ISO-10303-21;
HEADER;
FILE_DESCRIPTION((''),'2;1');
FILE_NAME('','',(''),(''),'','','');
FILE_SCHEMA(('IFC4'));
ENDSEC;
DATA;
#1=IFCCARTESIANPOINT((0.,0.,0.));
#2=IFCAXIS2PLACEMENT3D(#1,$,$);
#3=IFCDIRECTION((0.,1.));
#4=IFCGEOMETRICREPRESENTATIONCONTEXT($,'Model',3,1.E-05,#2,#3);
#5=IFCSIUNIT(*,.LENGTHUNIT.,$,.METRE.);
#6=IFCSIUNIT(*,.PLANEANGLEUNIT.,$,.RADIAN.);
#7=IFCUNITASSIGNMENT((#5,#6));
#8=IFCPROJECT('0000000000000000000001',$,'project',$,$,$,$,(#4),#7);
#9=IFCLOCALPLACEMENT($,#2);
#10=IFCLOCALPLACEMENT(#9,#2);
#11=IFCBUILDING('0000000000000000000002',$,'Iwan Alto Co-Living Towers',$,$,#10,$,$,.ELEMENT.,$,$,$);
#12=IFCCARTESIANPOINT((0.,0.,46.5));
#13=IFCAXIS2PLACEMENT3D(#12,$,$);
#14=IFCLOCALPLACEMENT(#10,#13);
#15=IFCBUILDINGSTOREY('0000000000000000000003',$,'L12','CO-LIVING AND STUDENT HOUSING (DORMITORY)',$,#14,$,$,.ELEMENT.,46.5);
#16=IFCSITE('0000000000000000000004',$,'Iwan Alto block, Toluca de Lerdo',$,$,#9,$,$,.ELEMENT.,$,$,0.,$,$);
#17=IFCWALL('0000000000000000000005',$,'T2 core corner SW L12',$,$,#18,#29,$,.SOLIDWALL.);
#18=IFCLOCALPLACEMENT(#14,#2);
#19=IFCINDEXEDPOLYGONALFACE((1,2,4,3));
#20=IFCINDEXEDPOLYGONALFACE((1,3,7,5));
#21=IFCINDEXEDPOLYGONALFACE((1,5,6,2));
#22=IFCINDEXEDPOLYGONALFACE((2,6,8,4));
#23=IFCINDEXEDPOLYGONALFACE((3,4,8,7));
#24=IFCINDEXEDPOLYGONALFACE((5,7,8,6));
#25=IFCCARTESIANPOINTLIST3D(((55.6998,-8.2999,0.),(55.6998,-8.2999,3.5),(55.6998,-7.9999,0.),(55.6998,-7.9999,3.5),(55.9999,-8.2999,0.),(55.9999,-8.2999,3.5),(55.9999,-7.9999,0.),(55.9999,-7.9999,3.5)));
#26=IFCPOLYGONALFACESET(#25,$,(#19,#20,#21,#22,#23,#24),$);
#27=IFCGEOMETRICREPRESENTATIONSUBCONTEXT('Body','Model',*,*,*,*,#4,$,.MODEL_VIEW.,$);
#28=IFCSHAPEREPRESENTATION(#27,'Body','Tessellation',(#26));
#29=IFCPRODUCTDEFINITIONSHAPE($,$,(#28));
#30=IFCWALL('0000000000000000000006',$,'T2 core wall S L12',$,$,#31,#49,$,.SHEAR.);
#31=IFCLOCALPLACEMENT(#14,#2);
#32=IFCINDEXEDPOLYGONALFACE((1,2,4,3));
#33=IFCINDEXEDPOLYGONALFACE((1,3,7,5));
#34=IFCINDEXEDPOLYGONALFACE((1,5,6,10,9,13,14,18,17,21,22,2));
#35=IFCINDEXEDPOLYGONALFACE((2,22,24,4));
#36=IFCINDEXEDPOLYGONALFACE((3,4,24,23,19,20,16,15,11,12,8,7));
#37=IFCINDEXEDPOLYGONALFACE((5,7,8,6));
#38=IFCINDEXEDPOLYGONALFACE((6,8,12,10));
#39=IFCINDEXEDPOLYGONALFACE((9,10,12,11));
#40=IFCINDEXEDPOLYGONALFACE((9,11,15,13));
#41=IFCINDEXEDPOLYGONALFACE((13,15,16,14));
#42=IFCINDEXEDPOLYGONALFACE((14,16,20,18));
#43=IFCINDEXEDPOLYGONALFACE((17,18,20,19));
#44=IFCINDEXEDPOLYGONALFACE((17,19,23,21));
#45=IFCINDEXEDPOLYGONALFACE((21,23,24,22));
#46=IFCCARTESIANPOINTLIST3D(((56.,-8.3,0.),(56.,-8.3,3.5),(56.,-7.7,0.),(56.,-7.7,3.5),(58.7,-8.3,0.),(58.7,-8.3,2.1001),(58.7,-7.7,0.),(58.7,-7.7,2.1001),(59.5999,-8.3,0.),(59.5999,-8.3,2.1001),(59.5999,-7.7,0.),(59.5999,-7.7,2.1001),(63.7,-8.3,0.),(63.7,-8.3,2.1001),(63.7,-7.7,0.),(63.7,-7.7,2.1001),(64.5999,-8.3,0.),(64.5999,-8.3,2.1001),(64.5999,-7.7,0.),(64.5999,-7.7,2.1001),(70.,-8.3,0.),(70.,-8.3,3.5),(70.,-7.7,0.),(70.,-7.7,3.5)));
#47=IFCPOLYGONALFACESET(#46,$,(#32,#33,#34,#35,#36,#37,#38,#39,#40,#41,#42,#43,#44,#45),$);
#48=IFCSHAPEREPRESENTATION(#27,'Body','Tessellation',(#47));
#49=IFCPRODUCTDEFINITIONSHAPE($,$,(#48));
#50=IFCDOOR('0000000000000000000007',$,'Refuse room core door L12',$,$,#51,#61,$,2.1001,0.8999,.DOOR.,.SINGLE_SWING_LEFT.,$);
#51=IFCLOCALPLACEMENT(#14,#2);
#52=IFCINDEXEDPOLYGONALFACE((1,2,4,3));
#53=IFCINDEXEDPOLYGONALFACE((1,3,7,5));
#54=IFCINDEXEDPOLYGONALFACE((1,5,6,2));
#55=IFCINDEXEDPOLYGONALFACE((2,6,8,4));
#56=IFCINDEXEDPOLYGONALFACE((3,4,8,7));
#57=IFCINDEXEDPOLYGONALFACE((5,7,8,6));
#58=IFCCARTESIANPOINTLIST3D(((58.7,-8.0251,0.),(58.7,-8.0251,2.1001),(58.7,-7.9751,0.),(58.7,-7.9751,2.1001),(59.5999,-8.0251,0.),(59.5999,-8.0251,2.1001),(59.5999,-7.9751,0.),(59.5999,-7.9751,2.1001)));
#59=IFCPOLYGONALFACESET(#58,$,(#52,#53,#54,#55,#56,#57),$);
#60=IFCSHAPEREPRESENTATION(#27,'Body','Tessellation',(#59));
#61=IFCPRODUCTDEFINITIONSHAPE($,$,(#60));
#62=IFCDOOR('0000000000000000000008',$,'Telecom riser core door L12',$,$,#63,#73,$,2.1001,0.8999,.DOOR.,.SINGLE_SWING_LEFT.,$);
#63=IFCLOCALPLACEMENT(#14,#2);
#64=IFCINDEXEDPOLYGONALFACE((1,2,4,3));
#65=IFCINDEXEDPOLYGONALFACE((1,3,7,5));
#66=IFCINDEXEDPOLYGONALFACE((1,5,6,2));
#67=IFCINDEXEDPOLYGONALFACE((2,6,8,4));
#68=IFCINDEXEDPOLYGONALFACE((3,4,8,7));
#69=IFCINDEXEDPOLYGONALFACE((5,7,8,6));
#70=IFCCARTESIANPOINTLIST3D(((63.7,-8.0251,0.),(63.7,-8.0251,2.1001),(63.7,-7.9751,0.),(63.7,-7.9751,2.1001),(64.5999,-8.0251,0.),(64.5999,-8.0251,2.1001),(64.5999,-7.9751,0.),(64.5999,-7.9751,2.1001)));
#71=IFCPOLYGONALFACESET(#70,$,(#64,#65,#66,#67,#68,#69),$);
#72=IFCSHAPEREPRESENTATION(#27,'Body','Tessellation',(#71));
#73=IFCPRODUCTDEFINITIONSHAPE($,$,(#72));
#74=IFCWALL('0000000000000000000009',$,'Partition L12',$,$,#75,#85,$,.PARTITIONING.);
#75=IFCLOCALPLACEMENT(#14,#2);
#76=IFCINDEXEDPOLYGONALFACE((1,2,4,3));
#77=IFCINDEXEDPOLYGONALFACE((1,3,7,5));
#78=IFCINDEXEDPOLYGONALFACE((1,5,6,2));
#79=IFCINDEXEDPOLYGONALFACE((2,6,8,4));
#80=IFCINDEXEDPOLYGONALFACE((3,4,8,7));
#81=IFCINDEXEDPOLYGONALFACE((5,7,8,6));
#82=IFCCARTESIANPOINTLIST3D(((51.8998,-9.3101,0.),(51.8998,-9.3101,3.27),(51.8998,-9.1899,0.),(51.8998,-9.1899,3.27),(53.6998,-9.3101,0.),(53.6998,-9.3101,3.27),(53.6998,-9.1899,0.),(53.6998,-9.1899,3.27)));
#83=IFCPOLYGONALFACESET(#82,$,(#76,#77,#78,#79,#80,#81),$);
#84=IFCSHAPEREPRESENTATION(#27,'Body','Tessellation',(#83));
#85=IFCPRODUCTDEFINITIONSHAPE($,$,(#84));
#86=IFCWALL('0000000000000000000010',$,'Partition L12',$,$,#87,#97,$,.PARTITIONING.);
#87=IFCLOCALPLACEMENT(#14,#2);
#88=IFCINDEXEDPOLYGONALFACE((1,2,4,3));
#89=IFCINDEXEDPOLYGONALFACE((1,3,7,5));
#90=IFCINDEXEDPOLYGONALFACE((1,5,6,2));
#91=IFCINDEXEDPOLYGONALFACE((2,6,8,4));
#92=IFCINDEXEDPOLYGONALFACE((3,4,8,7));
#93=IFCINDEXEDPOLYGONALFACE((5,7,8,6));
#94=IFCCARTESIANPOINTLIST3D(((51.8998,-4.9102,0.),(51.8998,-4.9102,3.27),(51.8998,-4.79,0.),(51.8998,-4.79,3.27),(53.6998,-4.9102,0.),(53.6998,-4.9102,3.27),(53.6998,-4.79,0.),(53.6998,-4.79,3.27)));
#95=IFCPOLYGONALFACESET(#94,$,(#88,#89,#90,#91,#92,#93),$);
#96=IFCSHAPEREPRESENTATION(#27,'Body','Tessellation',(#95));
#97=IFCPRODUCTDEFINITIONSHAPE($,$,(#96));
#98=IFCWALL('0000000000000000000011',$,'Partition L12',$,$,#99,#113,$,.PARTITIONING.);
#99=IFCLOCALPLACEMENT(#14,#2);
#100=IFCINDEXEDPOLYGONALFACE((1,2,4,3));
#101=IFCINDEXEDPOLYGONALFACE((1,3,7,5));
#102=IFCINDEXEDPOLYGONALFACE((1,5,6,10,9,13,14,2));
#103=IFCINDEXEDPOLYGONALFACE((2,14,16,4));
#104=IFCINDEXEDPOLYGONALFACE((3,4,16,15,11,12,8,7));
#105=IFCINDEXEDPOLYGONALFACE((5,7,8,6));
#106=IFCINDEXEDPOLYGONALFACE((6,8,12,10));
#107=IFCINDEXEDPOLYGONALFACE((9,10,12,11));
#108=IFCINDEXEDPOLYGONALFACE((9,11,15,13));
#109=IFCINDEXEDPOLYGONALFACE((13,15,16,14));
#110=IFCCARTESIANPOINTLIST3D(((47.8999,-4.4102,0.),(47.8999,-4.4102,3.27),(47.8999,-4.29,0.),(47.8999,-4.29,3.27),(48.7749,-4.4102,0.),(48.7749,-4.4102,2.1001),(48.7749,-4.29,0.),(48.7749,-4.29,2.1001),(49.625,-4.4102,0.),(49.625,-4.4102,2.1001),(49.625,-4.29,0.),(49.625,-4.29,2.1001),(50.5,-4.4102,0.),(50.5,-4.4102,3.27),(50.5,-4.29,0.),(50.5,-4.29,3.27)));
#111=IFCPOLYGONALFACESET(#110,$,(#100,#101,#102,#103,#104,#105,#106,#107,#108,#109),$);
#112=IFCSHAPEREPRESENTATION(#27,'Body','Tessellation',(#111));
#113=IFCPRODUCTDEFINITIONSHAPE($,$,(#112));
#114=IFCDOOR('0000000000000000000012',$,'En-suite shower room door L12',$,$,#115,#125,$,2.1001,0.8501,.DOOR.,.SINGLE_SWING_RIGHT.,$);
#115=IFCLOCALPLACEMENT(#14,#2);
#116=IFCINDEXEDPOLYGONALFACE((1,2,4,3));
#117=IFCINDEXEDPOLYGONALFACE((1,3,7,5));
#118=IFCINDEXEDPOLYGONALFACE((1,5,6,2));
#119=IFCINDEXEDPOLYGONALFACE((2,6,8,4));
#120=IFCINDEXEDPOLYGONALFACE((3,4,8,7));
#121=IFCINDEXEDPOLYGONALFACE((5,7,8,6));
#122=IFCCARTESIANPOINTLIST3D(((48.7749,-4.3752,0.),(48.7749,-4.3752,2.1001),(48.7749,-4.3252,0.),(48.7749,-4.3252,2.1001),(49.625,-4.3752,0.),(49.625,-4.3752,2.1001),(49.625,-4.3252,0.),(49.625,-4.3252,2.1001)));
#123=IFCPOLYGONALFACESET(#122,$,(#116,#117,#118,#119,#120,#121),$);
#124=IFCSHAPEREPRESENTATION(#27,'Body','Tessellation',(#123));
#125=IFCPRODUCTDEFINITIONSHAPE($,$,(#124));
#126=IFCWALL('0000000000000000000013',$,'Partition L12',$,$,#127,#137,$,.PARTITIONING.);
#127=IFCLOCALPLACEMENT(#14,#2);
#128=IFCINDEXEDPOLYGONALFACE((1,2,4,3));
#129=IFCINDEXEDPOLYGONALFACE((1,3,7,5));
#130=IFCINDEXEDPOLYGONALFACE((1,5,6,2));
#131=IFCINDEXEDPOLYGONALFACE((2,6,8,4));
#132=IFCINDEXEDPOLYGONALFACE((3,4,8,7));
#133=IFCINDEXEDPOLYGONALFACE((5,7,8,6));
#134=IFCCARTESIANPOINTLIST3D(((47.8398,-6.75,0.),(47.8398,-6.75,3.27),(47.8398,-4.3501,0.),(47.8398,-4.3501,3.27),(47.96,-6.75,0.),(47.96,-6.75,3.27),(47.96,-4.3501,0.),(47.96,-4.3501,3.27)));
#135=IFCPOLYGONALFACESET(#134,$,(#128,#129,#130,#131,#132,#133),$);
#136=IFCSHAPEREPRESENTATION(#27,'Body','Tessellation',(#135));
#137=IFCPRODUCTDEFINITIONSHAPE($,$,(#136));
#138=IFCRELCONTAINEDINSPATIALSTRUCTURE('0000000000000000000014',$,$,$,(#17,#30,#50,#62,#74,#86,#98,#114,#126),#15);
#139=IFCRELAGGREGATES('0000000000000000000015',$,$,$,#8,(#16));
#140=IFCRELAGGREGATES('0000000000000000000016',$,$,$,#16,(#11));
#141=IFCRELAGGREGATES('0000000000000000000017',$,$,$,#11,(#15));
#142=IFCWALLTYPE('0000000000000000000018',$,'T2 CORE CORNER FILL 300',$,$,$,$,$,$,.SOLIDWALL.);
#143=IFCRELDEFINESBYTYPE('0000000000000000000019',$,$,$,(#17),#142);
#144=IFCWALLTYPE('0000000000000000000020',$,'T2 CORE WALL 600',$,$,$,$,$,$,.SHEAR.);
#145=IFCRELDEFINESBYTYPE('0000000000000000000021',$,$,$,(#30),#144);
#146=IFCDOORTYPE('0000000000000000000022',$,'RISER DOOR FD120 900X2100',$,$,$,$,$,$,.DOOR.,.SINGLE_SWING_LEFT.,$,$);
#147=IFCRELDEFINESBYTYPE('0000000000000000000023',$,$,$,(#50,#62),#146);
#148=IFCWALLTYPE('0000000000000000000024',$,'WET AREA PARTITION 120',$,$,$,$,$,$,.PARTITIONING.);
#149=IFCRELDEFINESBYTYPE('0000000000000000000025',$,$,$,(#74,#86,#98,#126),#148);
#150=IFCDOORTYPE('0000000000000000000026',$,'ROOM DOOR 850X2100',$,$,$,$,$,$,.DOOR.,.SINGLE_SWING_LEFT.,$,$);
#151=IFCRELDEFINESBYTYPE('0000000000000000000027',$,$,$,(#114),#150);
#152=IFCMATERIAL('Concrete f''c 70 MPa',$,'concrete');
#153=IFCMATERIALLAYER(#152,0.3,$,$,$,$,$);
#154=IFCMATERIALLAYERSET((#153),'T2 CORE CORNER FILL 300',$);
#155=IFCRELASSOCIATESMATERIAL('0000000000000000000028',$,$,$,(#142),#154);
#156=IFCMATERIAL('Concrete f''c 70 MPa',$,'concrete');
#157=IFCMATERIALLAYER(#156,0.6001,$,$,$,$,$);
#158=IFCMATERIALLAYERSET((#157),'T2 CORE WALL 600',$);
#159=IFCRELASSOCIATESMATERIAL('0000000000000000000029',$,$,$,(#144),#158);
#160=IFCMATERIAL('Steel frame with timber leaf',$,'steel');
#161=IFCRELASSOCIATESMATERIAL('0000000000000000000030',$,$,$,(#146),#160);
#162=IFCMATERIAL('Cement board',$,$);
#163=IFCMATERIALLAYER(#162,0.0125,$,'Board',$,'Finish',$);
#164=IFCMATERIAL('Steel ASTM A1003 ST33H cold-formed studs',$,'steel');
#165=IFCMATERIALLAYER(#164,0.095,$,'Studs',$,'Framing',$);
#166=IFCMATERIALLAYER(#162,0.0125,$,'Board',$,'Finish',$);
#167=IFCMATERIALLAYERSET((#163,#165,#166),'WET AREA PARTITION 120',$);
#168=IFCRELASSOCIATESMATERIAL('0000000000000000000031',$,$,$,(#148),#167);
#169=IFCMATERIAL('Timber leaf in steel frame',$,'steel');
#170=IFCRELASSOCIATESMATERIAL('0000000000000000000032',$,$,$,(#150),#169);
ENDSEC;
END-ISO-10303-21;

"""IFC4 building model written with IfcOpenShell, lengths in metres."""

from ifc_helpers import new_model, si_unit, direction, frame, frame_2d, origin, place, context, subcontext, project, spatial, rectangle, extrude, material, layer, layer_set, type_object, element, fill, save


model = new_model("IFC4")

# Units and contexts
model_context = context("Model", 3, precision=1e-05, world=origin(), true_north=direction((0.0, 1.0)))
body_context = subcontext(model_context, "Body", "Model", "MODEL_VIEW")
ifc_project = project(units=[si_unit("LENGTHUNIT", "METRE"), si_unit("PLANEANGLEUNIT", "RADIAN")], contexts=[model_context])

# Site, building, storey
site_placement = place(None, origin())
site = spatial("IfcSite", under=ifc_project, at=site_placement, Name="Iwan Alto block, Toluca de Lerdo", CompositionType="ELEMENT", RefElevation=0.0)
building_placement = place(site_placement, origin())
building = spatial("IfcBuilding", under=site, at=building_placement, Name="Iwan Alto Co-Living Towers", CompositionType="ELEMENT")
storey_placement = place(building_placement, frame((0.0, 0.0, 46.5)))
storey = spatial("IfcBuildingStorey", under=building, at=storey_placement, Name="L12", Description="CO-LIVING AND STUDENT HOUSING (DORMITORY)", CompositionType="ELEMENT", Elevation=46.5)

# Wall
ifc_material_1 = material(Name="Concrete f'c 70 MPa", Category="concrete")
ifc_layer_1 = layer(ifc_material_1, 0.3)
ifc_layer_set_1 = layer_set([ifc_layer_1], Name="T2 CORE CORNER FILL 300")
wall_type_1 = type_object("IfcWallType", Name="T2 CORE CORNER FILL 300", PredefinedType="SOLIDWALL", material=ifc_layer_set_1)
wall_1_placement = place(storey_placement, frame((55.7, -8.1499, 0.0), z_axis=(0.0, 0.0, 1.0), x_axis=(1.0, 0.0, 0.0)))
element("IfcWall", 1, at=wall_1_placement, inside=storey, type_object=wall_type_1, Name="T2 core corner SW L12", PredefinedType="SOLIDWALL", context=body_context, shape_type="SweptSolid", body=[
    extrude(rectangle(XDim=0.3, YDim=0.3, at=frame_2d((0.1499, 0.0))), origin(), (0.0, 0.0, 1.0), 3.5),
])

# Wall, openings, doors
ifc_material_2 = material(Name="Concrete f'c 70 MPa", Category="concrete")
ifc_layer_2 = layer(ifc_material_2, 0.6001)
ifc_layer_set_2 = layer_set([ifc_layer_2], Name="T2 CORE WALL 600")
wall_type_2 = type_object("IfcWallType", Name="T2 CORE WALL 600", PredefinedType="SHEAR", material=ifc_layer_set_2)
wall_2_placement = place(storey_placement, frame((56.0, -8.0, 0.0), z_axis=(0.0, 0.0, 1.0), x_axis=(1.0, 0.0, 0.0)))
wall_2 = element("IfcWall", 2, at=wall_2_placement, inside=storey, type_object=wall_type_2, Name="T2 core wall S L12", PredefinedType="SHEAR", context=body_context, shape_type="SweptSolid", body=[
    extrude(rectangle(XDim=14.0, YDim=0.6001, at=frame_2d((7.0, 0.0))), origin(), (0.0, 0.0, 1.0), 3.5),
])
opening_1_placement = place(wall_2_placement, frame((2.7, 0.0, 0.0)))
opening_1 = element("IfcOpeningElement", 3, at=opening_1_placement, cuts=wall_2, PredefinedType="OPENING", context=body_context, shape_type="SweptSolid", body=[
    extrude(rectangle(XDim=0.8999, YDim=2.1001, at=frame_2d((0.45, 1.05))), frame((0.0, 0.3101, 0.0), z_axis=(0.0, -1.0, 0.0), x_axis=(1.0, 0.0, 0.0)), (0.0, 0.0, 1.0), 0.6201),
])
opening_2_placement = place(wall_2_placement, frame((7.7, 0.0, 0.0)))
opening_2 = element("IfcOpeningElement", 4, at=opening_2_placement, cuts=wall_2, PredefinedType="OPENING", context=body_context, shape_type="SweptSolid", body=[
    extrude(rectangle(XDim=0.8999, YDim=2.1001, at=frame_2d((0.45, 1.05))), frame((0.0, 0.3101, 0.0), z_axis=(0.0, -1.0, 0.0), x_axis=(1.0, 0.0, 0.0)), (0.0, 0.0, 1.0), 0.6201),
])
ifc_material_3 = material(Name="Steel frame with timber leaf", Category="steel")
door_type_1 = type_object("IfcDoorType", Name="RISER DOOR FD120 900X2100", OperationType="SINGLE_SWING_LEFT", PredefinedType="DOOR", material=ifc_material_3)
door_1_placement = place(opening_1_placement, origin())
door_1 = element("IfcDoor", 5, at=door_1_placement, inside=storey, type_object=door_type_1, Name="Refuse room core door L12", OperationType="SINGLE_SWING_LEFT", OverallHeight=2.1001, OverallWidth=0.8999, PredefinedType="DOOR", context=body_context, shape_type="SweptSolid", body=[
    extrude(rectangle(XDim=0.8999, YDim=2.1001, at=frame_2d((0.45, 1.05))), frame((0.0, 0.0249, 0.0), z_axis=(0.0, -1.0, 0.0), x_axis=(1.0, 0.0, 0.0)), (0.0, 0.0, 1.0), 0.05),
])
fill(opening_1, door_1)
door_2_placement = place(opening_2_placement, origin())
door_2 = element("IfcDoor", 6, at=door_2_placement, inside=storey, type_object=door_type_1, Name="Telecom riser core door L12", OperationType="SINGLE_SWING_LEFT", OverallHeight=2.1001, OverallWidth=0.8999, PredefinedType="DOOR", context=body_context, shape_type="SweptSolid", body=[
    extrude(rectangle(XDim=0.8999, YDim=2.1001, at=frame_2d((0.45, 1.05))), frame((0.0, 0.0249, 0.0), z_axis=(0.0, -1.0, 0.0), x_axis=(1.0, 0.0, 0.0)), (0.0, 0.0, 1.0), 0.05),
])
fill(opening_2, door_2)

# Walls
ifc_material_4 = material(Name="Cement board")
ifc_layer_3 = layer(ifc_material_4, 0.0125, Name="Board", Category="Finish")
ifc_material_5 = material(Name="Steel ASTM A1003 ST33H cold-formed studs", Category="steel")
ifc_layer_4 = layer(ifc_material_5, 0.095, Name="Studs", Category="Framing")
ifc_layer_5 = layer(ifc_material_4, 0.0125, Name="Board", Category="Finish")
ifc_layer_set_3 = layer_set([ifc_layer_3, ifc_layer_4, ifc_layer_5], Name="WET AREA PARTITION 120")
wall_type_3 = type_object("IfcWallType", Name="WET AREA PARTITION 120", PredefinedType="PARTITIONING", material=ifc_layer_set_3)
for number, where, z_axis, x_axis, name in (
    (7, (51.8999, -9.25, 0.0), (0.0, 0.0, 1.0), (1.0, 0.0, 0.0), "Partition L12"),
    (8, (51.8999, -4.8501, 0.0), (0.0, 0.0, 1.0), (1.0, 0.0, 0.0), "Partition L12"),
):
    element("IfcWall", number, at=place(storey_placement, frame(where, z_axis=z_axis, x_axis=x_axis)), inside=storey, type_object=wall_type_3, Name=name, PredefinedType="PARTITIONING", context=body_context, shape_type="SweptSolid", body=[
        extrude(rectangle(XDim=1.8, YDim=0.1201, at=frame_2d((0.8999, 0.0))), origin(), (0.0, 0.0, 1.0), 3.27),
    ])

# Wall, opening, door
wall_3_placement = place(storey_placement, frame((47.8999, -4.3501, 0.0), z_axis=(0.0, 0.0, 1.0), x_axis=(1.0, 0.0, 0.0)))
wall_3 = element("IfcWall", 9, at=wall_3_placement, inside=storey, type_object=wall_type_3, Name="Partition L12", PredefinedType="PARTITIONING", context=body_context, shape_type="SweptSolid", body=[
    extrude(rectangle(XDim=2.6001, YDim=0.1201, at=frame_2d((1.3, 0.0))), origin(), (0.0, 0.0, 1.0), 3.27),
])
opening_3_placement = place(wall_3_placement, frame((0.875, 0.0, 0.0)))
opening_3 = element("IfcOpeningElement", 10, at=opening_3_placement, cuts=wall_3, PredefinedType="OPENING", context=body_context, shape_type="SweptSolid", body=[
    extrude(rectangle(XDim=0.8501, YDim=2.1001, at=frame_2d((0.425, 1.05))), frame((0.0, 0.0701, 0.0), z_axis=(0.0, -1.0, 0.0), x_axis=(1.0, 0.0, 0.0)), (0.0, 0.0, 1.0), 0.1401),
])
ifc_material_6 = material(Name="Timber leaf in steel frame", Category="steel")
door_type_2 = type_object("IfcDoorType", Name="ROOM DOOR 850X2100", OperationType="SINGLE_SWING_LEFT", PredefinedType="DOOR", material=ifc_material_6)
door_3_placement = place(opening_3_placement, origin())
door_3 = element("IfcDoor", 11, at=door_3_placement, inside=storey, type_object=door_type_2, Name="En-suite shower room door L12", OperationType="SINGLE_SWING_RIGHT", OverallHeight=2.1001, OverallWidth=0.8501, PredefinedType="DOOR", context=body_context, shape_type="SweptSolid", body=[
    extrude(rectangle(XDim=0.8501, YDim=2.1001, at=frame_2d((0.425, 1.05))), frame((0.0, 0.0249, 0.0), z_axis=(0.0, -1.0, 0.0), x_axis=(1.0, 0.0, 0.0)), (0.0, 0.0, 1.0), 0.05),
])
fill(opening_3, door_3)

# Wall
wall_4_placement = place(storey_placement, frame((47.8999, -6.75, 0.0), z_axis=(0.0, 0.0, 1.0), x_axis=(0.0, 1.0, 0.0)))
element("IfcWall", 12, at=wall_4_placement, inside=storey, type_object=wall_type_3, Name="Partition L12", PredefinedType="PARTITIONING", context=body_context, shape_type="SweptSolid", body=[
    extrude(rectangle(XDim=2.3999, YDim=0.1201, at=frame_2d((1.2, 0.0))), origin(), (0.0, 0.0, 1.0), 3.27),
])

save(model, "model.ifc")
